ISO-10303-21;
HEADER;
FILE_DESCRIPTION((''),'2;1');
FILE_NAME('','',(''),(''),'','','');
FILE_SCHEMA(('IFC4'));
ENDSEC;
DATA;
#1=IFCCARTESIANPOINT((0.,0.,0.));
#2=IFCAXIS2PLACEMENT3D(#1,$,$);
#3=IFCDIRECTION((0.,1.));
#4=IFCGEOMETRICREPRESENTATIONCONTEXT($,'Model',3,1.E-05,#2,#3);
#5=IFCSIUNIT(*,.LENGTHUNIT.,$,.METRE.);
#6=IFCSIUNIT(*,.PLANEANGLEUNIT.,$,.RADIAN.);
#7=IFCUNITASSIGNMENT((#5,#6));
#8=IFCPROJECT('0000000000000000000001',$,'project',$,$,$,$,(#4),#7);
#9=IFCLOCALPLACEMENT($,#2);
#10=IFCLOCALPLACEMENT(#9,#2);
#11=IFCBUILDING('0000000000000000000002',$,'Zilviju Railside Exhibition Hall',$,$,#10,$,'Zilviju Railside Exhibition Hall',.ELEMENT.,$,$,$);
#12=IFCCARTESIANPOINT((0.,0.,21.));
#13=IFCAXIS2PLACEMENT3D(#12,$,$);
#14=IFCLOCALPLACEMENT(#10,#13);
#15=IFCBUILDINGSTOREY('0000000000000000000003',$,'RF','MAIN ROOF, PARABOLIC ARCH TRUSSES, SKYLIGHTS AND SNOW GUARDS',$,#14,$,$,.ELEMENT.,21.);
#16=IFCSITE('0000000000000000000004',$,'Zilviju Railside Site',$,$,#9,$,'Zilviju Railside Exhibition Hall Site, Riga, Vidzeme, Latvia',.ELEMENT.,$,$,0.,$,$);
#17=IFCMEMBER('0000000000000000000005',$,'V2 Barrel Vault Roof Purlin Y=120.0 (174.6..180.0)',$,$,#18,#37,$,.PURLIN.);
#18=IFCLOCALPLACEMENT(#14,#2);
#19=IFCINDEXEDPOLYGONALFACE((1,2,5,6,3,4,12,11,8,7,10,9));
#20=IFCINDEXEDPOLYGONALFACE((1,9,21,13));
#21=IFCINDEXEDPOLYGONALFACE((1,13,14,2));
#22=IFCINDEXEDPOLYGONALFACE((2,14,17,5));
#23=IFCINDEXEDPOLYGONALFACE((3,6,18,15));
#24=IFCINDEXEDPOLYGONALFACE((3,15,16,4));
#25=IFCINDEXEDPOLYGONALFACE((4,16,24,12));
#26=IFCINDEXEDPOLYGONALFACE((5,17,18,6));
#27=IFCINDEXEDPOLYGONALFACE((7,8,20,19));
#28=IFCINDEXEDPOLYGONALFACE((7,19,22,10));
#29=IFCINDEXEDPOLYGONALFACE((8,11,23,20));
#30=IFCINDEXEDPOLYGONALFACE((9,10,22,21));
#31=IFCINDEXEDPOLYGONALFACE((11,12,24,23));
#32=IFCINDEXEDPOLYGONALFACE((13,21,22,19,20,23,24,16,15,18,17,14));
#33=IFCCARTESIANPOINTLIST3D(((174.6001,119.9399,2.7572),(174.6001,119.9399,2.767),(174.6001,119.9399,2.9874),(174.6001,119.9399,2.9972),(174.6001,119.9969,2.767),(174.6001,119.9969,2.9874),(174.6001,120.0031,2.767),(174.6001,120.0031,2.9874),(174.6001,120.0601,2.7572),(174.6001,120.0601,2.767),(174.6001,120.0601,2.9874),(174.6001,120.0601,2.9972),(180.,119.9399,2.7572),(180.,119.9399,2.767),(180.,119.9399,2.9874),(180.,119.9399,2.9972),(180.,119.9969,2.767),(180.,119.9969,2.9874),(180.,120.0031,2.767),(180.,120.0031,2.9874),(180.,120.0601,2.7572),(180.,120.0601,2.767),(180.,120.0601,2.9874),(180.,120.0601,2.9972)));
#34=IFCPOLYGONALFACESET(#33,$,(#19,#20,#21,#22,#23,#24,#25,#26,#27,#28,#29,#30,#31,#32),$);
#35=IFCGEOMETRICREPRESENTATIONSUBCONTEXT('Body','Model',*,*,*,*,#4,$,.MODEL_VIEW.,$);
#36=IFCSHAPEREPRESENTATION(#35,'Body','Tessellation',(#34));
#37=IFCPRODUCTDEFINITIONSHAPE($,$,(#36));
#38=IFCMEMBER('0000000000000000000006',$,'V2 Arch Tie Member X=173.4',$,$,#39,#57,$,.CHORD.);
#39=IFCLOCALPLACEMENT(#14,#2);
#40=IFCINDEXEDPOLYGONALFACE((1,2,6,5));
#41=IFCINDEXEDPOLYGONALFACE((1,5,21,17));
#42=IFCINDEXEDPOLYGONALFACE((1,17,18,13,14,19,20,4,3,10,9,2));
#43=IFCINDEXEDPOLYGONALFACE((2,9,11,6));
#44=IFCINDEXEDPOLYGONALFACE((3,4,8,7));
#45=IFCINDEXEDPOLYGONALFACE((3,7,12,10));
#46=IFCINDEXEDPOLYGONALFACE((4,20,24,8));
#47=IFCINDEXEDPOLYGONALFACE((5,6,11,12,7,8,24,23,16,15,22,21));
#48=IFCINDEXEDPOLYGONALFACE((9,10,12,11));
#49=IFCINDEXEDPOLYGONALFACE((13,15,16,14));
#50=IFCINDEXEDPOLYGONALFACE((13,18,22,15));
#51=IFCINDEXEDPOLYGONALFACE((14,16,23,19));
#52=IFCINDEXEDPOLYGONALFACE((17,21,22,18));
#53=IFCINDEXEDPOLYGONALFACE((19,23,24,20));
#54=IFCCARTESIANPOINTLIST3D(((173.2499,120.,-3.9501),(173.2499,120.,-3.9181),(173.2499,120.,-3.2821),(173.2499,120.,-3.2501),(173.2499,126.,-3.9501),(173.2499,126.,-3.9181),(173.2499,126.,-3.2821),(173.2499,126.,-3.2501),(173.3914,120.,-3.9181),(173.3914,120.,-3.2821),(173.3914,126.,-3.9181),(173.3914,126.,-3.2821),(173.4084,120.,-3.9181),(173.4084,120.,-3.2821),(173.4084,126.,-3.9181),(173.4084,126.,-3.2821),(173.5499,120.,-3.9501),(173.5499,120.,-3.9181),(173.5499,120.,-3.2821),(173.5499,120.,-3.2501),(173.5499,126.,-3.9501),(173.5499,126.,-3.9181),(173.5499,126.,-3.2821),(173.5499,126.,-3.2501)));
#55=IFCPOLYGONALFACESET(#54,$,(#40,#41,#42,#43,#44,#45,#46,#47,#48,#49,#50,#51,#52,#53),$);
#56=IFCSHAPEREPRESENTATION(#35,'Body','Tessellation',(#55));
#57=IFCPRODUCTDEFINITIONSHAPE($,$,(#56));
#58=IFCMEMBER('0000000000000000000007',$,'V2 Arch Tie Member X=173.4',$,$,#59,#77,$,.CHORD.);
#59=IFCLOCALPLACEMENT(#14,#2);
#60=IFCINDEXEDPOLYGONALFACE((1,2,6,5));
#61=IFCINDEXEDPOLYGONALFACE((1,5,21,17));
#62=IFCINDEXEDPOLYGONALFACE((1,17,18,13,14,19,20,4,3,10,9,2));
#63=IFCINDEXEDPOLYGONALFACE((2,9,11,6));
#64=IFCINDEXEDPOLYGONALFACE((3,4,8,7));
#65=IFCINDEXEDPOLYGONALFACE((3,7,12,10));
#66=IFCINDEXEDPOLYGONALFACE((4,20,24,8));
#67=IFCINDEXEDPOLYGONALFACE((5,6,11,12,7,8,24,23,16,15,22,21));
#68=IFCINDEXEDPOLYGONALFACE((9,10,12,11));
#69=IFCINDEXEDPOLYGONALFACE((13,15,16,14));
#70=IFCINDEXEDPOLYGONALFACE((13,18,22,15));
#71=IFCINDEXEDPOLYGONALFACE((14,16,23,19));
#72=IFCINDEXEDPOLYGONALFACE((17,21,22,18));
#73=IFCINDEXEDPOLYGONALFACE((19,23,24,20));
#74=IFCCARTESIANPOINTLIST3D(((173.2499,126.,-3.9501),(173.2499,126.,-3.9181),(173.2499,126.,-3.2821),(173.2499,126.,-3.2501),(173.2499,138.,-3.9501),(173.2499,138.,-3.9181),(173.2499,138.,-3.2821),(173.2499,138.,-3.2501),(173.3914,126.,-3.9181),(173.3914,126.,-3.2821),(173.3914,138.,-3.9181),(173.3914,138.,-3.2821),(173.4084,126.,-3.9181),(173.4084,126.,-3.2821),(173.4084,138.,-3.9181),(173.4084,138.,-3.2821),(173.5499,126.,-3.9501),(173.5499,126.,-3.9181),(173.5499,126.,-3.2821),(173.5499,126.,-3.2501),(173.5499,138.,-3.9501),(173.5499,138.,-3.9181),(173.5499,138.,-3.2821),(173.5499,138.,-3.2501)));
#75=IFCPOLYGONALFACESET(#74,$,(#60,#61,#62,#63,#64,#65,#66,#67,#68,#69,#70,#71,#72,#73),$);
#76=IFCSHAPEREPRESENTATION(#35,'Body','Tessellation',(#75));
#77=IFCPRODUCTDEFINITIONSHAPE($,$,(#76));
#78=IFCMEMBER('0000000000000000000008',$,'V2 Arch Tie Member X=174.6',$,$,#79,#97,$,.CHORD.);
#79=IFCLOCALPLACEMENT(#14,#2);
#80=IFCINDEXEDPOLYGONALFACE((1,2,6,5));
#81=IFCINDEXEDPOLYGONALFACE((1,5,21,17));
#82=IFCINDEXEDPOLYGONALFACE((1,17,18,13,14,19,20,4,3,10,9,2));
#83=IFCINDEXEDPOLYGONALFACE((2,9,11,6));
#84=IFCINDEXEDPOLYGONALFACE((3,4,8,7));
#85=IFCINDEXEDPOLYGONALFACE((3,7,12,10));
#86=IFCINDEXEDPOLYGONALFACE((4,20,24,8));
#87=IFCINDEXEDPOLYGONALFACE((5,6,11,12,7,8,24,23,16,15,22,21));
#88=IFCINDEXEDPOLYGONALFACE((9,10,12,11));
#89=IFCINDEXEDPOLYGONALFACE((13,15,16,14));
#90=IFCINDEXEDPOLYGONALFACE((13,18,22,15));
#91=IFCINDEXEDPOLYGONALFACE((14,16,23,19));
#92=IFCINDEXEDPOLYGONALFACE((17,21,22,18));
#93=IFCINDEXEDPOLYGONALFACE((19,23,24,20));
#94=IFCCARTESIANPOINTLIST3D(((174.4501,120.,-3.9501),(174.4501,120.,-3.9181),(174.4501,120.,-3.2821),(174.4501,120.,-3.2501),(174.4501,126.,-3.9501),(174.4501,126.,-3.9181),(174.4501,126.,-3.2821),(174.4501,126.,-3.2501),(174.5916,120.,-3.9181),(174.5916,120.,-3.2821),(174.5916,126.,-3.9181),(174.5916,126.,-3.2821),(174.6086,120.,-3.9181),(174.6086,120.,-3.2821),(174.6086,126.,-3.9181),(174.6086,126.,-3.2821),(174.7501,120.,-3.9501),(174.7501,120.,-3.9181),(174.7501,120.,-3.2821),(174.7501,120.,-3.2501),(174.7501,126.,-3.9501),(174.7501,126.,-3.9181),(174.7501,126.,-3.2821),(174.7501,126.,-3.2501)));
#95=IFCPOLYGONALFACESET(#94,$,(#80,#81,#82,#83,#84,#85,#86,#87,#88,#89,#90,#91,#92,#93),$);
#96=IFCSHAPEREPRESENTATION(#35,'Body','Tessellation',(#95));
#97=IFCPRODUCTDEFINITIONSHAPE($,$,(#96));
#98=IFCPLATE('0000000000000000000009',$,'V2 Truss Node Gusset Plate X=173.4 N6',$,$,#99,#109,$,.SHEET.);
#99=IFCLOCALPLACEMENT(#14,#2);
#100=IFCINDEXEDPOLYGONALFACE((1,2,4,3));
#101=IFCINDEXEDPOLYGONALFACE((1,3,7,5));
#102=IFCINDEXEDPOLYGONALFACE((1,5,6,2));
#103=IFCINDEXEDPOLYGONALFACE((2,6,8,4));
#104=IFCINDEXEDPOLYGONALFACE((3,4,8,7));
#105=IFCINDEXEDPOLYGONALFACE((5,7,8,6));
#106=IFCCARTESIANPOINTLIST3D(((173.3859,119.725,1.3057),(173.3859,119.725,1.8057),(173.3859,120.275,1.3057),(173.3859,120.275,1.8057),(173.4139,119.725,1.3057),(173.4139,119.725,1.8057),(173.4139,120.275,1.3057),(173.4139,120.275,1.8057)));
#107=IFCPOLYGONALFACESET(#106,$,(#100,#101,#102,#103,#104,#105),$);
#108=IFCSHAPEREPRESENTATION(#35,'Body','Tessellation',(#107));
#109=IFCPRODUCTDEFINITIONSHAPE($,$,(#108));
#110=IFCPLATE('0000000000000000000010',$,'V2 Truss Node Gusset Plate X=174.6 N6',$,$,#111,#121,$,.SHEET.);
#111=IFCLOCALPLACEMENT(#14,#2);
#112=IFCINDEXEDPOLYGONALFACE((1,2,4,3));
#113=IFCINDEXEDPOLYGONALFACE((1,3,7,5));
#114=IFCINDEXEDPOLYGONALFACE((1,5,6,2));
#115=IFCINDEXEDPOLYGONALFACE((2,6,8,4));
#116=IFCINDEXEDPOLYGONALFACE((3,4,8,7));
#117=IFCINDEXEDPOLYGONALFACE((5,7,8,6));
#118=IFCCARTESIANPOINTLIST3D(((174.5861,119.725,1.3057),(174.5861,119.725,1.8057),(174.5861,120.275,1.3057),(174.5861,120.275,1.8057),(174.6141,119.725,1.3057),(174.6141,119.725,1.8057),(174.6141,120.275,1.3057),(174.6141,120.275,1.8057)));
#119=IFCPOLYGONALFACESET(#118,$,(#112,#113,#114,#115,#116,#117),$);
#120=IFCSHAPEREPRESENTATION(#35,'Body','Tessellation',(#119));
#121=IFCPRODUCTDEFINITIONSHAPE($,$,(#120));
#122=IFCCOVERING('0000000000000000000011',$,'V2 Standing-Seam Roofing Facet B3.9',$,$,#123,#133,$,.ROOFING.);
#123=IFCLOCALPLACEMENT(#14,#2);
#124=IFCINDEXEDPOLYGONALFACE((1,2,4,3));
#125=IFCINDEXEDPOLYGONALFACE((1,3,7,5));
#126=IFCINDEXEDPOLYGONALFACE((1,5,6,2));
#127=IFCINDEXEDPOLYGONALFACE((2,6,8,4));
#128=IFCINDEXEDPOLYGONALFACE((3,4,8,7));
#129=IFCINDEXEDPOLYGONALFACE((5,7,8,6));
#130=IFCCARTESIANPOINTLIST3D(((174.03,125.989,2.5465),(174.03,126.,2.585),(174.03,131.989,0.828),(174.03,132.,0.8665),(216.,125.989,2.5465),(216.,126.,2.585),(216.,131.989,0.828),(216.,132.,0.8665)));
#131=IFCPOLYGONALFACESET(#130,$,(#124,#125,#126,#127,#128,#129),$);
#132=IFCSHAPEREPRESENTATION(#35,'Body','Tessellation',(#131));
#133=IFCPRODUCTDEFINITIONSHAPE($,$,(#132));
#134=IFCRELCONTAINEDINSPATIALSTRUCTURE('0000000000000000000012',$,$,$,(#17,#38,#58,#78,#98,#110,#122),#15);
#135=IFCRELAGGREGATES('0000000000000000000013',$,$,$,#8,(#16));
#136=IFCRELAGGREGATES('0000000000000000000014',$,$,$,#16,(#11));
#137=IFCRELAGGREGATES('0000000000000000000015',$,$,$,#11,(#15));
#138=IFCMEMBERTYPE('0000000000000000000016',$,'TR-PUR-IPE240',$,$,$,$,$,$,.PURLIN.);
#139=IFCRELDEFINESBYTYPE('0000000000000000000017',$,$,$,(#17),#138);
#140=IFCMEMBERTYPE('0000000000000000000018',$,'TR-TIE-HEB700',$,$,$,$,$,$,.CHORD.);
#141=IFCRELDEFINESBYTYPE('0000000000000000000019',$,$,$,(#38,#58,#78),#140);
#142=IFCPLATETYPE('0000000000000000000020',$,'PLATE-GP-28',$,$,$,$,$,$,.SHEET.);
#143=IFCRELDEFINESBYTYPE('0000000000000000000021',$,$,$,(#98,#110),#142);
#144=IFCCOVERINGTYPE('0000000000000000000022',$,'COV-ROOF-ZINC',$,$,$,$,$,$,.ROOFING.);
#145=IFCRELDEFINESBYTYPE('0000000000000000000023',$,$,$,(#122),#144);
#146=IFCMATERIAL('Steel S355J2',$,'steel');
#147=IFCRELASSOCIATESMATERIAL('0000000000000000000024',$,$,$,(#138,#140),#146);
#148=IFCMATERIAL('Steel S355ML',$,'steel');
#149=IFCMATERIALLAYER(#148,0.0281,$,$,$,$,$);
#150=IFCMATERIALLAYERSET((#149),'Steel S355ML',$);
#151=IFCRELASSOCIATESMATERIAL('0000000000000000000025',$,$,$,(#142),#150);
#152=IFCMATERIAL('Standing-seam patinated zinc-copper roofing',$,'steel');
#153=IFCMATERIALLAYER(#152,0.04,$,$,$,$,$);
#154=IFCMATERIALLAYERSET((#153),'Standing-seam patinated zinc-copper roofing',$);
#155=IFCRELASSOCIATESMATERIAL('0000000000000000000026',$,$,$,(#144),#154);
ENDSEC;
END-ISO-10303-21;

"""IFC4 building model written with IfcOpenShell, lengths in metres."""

from ifc_helpers import new_model, si_unit, direction, frame, origin, origin_2d, place, context, subcontext, project, spatial, polyline, rectangle, i_section, outline, extrude, material, layer, layer_set, material_profile, profile_set, type_object, element, save


model = new_model("IFC4")

# Units and contexts
model_context = context("Model", 3, precision=1e-05, world=origin(), true_north=direction((0.0, 1.0)))
body_context = subcontext(model_context, "Body", "Model", "MODEL_VIEW")
ifc_project = project(units=[si_unit("LENGTHUNIT", "METRE"), si_unit("PLANEANGLEUNIT", "RADIAN")], contexts=[model_context])

# Site, building, storey
site_placement = place(None, origin())
site = spatial("IfcSite", under=ifc_project, at=site_placement, Name="Zilviju Railside Site", LongName="Zilviju Railside Exhibition Hall Site, Riga, Vidzeme, Latvia", CompositionType="ELEMENT", RefElevation=0.0)
building_placement = place(site_placement, origin())
building = spatial("IfcBuilding", under=site, at=building_placement, Name="Zilviju Railside Exhibition Hall", LongName="Zilviju Railside Exhibition Hall", CompositionType="ELEMENT")
storey_placement = place(building_placement, frame((0.0, 0.0, 21.0)))
storey = spatial("IfcBuildingStorey", under=building, at=storey_placement, Name="RF", Description="MAIN ROOF, PARABOLIC ARCH TRUSSES, SKYLIGHTS AND SNOW GUARDS", CompositionType="ELEMENT", Elevation=21.0)

# Members
ifc_material_1 = material(Name="Steel S355J2", Category="steel")
ifc_material_profile_1 = material_profile(ifc_material_1, i_section(OverallWidth=0.1201, OverallDepth=0.24, WebThickness=0.0061, FlangeThickness=0.0098, at=origin_2d()), Name="IPE 240")
ifc_profile_set_1 = profile_set([ifc_material_profile_1], Name="Steel S355J2")
member_type_1 = type_object("IfcMemberType", Name="TR-PUR-IPE240", PredefinedType="PURLIN", material=ifc_profile_set_1)
for number, where, z_axis, x_axis, name in (
    (1, (174.6001, 120.0, 2.8772), (1.0, 0.0, 0.0), (0.0, 1.0, 0.0), "V2 Barrel Vault Roof Purlin Y=120.0 (174.6..180.0)"),
):
    element("IfcMember", number, at=place(storey_placement, frame(where, z_axis=z_axis, x_axis=x_axis)), inside=storey, type_object=member_type_1, Name=name, PredefinedType="PURLIN", context=body_context, shape_type="SweptSolid", body=[
        extrude(i_section(OverallWidth=0.1201, OverallDepth=0.24, WebThickness=0.0061, FlangeThickness=0.0098, at=origin_2d()), origin(), (0.0, 0.0, 1.0), 5.3999),
    ])
ifc_material_profile_2 = material_profile(ifc_material_1, i_section(OverallWidth=0.3, OverallDepth=0.7, WebThickness=0.0171, FlangeThickness=0.032, at=origin_2d()), Name="HEB 700")
ifc_profile_set_2 = profile_set([ifc_material_profile_2], Name="Steel S355J2")
member_type_2 = type_object("IfcMemberType", Name="TR-TIE-HEB700", PredefinedType="CHORD", material=ifc_profile_set_2)
member_1_placement = place(storey_placement, frame((173.3999, 120.0, -3.6001), z_axis=(0.0, 1.0, 0.0), x_axis=(-1.0, 0.0, 0.0)))
element("IfcMember", 2, at=member_1_placement, inside=storey, type_object=member_type_2, Name="V2 Arch Tie Member X=173.4", PredefinedType="CHORD", context=body_context, shape_type="SweptSolid", body=[
    extrude(i_section(OverallWidth=0.3, OverallDepth=0.7, WebThickness=0.0171, FlangeThickness=0.032, at=origin_2d()), origin(), (0.0, 0.0, 1.0), 6.0),
])
member_2_placement = place(storey_placement, frame((173.3999, 126.0, -3.6001), z_axis=(0.0, 1.0, 0.0), x_axis=(-1.0, 0.0, 0.0)))
element("IfcMember", 3, at=member_2_placement, inside=storey, type_object=member_type_2, Name="V2 Arch Tie Member X=173.4", PredefinedType="CHORD", context=body_context, shape_type="SweptSolid", body=[
    extrude(i_section(OverallWidth=0.3, OverallDepth=0.7, WebThickness=0.0171, FlangeThickness=0.032, at=origin_2d()), origin(), (0.0, 0.0, 1.0), 12.0),
])
member_3_placement = place(storey_placement, frame((174.6001, 120.0, -3.6001), z_axis=(0.0, 1.0, 0.0), x_axis=(-1.0, 0.0, 0.0)))
element("IfcMember", 4, at=member_3_placement, inside=storey, type_object=member_type_2, Name="V2 Arch Tie Member X=174.6", PredefinedType="CHORD", context=body_context, shape_type="SweptSolid", body=[
    extrude(i_section(OverallWidth=0.3, OverallDepth=0.7, WebThickness=0.0171, FlangeThickness=0.032, at=origin_2d()), origin(), (0.0, 0.0, 1.0), 6.0),
])

# Plates
ifc_material_2 = material(Name="Steel S355ML", Category="steel")
ifc_layer_1 = layer(ifc_material_2, 0.0281)
ifc_layer_set_1 = layer_set([ifc_layer_1], Name="Steel S355ML")
plate_type = type_object("IfcPlateType", Name="PLATE-GP-28", PredefinedType="SHEET", material=ifc_layer_set_1)
for number, where, z_axis, x_axis, name in (
    (5, (173.3999, 120.0, 1.3057), (0.0, 0.0, 1.0), (1.0, 0.0, 0.0), "V2 Truss Node Gusset Plate X=173.4 N6"),
    (6, (174.6001, 120.0, 1.3057), (0.0, 0.0, 1.0), (1.0, 0.0, 0.0), "V2 Truss Node Gusset Plate X=174.6 N6"),
):
    element("IfcPlate", number, at=place(storey_placement, frame(where, z_axis=z_axis, x_axis=x_axis)), inside=storey, type_object=plate_type, Name=name, PredefinedType="SHEET", context=body_context, shape_type="SweptSolid", body=[
        extrude(rectangle(XDim=0.0281, YDim=0.55, at=origin_2d()), origin(), (0.0, 0.0, 1.0), 0.5),
    ])

# Covering
ifc_material_3 = material(Name="Standing-seam patinated zinc-copper roofing", Category="steel")
ifc_layer_2 = layer(ifc_material_3, 0.04)
ifc_layer_set_2 = layer_set([ifc_layer_2], Name="Standing-seam patinated zinc-copper roofing")
covering_type = type_object("IfcCoveringType", Name="COV-ROOF-ZINC", PredefinedType="ROOFING", material=ifc_layer_set_2)
covering_placement = place(storey_placement, frame((174.03, 126.0, 2.585), z_axis=(0.0, 0.275346, 0.961345), x_axis=(1.0, 0.0, 0.0)))
element("IfcCovering", 7, at=covering_placement, inside=storey, type_object=covering_type, Name="V2 Standing-Seam Roofing Facet B3.9", PredefinedType="ROOFING", context=body_context, shape_type="SweptSolid", body=[
    extrude(outline(polyline([(0.0, 0.0), (41.97, 0.0), (41.97, 6.2413), (0.0, 6.2413), (0.0, 0.0)])), origin(), (0.0, 0.0, -1.0), 0.04),
])

save(model, "model.ifc")
